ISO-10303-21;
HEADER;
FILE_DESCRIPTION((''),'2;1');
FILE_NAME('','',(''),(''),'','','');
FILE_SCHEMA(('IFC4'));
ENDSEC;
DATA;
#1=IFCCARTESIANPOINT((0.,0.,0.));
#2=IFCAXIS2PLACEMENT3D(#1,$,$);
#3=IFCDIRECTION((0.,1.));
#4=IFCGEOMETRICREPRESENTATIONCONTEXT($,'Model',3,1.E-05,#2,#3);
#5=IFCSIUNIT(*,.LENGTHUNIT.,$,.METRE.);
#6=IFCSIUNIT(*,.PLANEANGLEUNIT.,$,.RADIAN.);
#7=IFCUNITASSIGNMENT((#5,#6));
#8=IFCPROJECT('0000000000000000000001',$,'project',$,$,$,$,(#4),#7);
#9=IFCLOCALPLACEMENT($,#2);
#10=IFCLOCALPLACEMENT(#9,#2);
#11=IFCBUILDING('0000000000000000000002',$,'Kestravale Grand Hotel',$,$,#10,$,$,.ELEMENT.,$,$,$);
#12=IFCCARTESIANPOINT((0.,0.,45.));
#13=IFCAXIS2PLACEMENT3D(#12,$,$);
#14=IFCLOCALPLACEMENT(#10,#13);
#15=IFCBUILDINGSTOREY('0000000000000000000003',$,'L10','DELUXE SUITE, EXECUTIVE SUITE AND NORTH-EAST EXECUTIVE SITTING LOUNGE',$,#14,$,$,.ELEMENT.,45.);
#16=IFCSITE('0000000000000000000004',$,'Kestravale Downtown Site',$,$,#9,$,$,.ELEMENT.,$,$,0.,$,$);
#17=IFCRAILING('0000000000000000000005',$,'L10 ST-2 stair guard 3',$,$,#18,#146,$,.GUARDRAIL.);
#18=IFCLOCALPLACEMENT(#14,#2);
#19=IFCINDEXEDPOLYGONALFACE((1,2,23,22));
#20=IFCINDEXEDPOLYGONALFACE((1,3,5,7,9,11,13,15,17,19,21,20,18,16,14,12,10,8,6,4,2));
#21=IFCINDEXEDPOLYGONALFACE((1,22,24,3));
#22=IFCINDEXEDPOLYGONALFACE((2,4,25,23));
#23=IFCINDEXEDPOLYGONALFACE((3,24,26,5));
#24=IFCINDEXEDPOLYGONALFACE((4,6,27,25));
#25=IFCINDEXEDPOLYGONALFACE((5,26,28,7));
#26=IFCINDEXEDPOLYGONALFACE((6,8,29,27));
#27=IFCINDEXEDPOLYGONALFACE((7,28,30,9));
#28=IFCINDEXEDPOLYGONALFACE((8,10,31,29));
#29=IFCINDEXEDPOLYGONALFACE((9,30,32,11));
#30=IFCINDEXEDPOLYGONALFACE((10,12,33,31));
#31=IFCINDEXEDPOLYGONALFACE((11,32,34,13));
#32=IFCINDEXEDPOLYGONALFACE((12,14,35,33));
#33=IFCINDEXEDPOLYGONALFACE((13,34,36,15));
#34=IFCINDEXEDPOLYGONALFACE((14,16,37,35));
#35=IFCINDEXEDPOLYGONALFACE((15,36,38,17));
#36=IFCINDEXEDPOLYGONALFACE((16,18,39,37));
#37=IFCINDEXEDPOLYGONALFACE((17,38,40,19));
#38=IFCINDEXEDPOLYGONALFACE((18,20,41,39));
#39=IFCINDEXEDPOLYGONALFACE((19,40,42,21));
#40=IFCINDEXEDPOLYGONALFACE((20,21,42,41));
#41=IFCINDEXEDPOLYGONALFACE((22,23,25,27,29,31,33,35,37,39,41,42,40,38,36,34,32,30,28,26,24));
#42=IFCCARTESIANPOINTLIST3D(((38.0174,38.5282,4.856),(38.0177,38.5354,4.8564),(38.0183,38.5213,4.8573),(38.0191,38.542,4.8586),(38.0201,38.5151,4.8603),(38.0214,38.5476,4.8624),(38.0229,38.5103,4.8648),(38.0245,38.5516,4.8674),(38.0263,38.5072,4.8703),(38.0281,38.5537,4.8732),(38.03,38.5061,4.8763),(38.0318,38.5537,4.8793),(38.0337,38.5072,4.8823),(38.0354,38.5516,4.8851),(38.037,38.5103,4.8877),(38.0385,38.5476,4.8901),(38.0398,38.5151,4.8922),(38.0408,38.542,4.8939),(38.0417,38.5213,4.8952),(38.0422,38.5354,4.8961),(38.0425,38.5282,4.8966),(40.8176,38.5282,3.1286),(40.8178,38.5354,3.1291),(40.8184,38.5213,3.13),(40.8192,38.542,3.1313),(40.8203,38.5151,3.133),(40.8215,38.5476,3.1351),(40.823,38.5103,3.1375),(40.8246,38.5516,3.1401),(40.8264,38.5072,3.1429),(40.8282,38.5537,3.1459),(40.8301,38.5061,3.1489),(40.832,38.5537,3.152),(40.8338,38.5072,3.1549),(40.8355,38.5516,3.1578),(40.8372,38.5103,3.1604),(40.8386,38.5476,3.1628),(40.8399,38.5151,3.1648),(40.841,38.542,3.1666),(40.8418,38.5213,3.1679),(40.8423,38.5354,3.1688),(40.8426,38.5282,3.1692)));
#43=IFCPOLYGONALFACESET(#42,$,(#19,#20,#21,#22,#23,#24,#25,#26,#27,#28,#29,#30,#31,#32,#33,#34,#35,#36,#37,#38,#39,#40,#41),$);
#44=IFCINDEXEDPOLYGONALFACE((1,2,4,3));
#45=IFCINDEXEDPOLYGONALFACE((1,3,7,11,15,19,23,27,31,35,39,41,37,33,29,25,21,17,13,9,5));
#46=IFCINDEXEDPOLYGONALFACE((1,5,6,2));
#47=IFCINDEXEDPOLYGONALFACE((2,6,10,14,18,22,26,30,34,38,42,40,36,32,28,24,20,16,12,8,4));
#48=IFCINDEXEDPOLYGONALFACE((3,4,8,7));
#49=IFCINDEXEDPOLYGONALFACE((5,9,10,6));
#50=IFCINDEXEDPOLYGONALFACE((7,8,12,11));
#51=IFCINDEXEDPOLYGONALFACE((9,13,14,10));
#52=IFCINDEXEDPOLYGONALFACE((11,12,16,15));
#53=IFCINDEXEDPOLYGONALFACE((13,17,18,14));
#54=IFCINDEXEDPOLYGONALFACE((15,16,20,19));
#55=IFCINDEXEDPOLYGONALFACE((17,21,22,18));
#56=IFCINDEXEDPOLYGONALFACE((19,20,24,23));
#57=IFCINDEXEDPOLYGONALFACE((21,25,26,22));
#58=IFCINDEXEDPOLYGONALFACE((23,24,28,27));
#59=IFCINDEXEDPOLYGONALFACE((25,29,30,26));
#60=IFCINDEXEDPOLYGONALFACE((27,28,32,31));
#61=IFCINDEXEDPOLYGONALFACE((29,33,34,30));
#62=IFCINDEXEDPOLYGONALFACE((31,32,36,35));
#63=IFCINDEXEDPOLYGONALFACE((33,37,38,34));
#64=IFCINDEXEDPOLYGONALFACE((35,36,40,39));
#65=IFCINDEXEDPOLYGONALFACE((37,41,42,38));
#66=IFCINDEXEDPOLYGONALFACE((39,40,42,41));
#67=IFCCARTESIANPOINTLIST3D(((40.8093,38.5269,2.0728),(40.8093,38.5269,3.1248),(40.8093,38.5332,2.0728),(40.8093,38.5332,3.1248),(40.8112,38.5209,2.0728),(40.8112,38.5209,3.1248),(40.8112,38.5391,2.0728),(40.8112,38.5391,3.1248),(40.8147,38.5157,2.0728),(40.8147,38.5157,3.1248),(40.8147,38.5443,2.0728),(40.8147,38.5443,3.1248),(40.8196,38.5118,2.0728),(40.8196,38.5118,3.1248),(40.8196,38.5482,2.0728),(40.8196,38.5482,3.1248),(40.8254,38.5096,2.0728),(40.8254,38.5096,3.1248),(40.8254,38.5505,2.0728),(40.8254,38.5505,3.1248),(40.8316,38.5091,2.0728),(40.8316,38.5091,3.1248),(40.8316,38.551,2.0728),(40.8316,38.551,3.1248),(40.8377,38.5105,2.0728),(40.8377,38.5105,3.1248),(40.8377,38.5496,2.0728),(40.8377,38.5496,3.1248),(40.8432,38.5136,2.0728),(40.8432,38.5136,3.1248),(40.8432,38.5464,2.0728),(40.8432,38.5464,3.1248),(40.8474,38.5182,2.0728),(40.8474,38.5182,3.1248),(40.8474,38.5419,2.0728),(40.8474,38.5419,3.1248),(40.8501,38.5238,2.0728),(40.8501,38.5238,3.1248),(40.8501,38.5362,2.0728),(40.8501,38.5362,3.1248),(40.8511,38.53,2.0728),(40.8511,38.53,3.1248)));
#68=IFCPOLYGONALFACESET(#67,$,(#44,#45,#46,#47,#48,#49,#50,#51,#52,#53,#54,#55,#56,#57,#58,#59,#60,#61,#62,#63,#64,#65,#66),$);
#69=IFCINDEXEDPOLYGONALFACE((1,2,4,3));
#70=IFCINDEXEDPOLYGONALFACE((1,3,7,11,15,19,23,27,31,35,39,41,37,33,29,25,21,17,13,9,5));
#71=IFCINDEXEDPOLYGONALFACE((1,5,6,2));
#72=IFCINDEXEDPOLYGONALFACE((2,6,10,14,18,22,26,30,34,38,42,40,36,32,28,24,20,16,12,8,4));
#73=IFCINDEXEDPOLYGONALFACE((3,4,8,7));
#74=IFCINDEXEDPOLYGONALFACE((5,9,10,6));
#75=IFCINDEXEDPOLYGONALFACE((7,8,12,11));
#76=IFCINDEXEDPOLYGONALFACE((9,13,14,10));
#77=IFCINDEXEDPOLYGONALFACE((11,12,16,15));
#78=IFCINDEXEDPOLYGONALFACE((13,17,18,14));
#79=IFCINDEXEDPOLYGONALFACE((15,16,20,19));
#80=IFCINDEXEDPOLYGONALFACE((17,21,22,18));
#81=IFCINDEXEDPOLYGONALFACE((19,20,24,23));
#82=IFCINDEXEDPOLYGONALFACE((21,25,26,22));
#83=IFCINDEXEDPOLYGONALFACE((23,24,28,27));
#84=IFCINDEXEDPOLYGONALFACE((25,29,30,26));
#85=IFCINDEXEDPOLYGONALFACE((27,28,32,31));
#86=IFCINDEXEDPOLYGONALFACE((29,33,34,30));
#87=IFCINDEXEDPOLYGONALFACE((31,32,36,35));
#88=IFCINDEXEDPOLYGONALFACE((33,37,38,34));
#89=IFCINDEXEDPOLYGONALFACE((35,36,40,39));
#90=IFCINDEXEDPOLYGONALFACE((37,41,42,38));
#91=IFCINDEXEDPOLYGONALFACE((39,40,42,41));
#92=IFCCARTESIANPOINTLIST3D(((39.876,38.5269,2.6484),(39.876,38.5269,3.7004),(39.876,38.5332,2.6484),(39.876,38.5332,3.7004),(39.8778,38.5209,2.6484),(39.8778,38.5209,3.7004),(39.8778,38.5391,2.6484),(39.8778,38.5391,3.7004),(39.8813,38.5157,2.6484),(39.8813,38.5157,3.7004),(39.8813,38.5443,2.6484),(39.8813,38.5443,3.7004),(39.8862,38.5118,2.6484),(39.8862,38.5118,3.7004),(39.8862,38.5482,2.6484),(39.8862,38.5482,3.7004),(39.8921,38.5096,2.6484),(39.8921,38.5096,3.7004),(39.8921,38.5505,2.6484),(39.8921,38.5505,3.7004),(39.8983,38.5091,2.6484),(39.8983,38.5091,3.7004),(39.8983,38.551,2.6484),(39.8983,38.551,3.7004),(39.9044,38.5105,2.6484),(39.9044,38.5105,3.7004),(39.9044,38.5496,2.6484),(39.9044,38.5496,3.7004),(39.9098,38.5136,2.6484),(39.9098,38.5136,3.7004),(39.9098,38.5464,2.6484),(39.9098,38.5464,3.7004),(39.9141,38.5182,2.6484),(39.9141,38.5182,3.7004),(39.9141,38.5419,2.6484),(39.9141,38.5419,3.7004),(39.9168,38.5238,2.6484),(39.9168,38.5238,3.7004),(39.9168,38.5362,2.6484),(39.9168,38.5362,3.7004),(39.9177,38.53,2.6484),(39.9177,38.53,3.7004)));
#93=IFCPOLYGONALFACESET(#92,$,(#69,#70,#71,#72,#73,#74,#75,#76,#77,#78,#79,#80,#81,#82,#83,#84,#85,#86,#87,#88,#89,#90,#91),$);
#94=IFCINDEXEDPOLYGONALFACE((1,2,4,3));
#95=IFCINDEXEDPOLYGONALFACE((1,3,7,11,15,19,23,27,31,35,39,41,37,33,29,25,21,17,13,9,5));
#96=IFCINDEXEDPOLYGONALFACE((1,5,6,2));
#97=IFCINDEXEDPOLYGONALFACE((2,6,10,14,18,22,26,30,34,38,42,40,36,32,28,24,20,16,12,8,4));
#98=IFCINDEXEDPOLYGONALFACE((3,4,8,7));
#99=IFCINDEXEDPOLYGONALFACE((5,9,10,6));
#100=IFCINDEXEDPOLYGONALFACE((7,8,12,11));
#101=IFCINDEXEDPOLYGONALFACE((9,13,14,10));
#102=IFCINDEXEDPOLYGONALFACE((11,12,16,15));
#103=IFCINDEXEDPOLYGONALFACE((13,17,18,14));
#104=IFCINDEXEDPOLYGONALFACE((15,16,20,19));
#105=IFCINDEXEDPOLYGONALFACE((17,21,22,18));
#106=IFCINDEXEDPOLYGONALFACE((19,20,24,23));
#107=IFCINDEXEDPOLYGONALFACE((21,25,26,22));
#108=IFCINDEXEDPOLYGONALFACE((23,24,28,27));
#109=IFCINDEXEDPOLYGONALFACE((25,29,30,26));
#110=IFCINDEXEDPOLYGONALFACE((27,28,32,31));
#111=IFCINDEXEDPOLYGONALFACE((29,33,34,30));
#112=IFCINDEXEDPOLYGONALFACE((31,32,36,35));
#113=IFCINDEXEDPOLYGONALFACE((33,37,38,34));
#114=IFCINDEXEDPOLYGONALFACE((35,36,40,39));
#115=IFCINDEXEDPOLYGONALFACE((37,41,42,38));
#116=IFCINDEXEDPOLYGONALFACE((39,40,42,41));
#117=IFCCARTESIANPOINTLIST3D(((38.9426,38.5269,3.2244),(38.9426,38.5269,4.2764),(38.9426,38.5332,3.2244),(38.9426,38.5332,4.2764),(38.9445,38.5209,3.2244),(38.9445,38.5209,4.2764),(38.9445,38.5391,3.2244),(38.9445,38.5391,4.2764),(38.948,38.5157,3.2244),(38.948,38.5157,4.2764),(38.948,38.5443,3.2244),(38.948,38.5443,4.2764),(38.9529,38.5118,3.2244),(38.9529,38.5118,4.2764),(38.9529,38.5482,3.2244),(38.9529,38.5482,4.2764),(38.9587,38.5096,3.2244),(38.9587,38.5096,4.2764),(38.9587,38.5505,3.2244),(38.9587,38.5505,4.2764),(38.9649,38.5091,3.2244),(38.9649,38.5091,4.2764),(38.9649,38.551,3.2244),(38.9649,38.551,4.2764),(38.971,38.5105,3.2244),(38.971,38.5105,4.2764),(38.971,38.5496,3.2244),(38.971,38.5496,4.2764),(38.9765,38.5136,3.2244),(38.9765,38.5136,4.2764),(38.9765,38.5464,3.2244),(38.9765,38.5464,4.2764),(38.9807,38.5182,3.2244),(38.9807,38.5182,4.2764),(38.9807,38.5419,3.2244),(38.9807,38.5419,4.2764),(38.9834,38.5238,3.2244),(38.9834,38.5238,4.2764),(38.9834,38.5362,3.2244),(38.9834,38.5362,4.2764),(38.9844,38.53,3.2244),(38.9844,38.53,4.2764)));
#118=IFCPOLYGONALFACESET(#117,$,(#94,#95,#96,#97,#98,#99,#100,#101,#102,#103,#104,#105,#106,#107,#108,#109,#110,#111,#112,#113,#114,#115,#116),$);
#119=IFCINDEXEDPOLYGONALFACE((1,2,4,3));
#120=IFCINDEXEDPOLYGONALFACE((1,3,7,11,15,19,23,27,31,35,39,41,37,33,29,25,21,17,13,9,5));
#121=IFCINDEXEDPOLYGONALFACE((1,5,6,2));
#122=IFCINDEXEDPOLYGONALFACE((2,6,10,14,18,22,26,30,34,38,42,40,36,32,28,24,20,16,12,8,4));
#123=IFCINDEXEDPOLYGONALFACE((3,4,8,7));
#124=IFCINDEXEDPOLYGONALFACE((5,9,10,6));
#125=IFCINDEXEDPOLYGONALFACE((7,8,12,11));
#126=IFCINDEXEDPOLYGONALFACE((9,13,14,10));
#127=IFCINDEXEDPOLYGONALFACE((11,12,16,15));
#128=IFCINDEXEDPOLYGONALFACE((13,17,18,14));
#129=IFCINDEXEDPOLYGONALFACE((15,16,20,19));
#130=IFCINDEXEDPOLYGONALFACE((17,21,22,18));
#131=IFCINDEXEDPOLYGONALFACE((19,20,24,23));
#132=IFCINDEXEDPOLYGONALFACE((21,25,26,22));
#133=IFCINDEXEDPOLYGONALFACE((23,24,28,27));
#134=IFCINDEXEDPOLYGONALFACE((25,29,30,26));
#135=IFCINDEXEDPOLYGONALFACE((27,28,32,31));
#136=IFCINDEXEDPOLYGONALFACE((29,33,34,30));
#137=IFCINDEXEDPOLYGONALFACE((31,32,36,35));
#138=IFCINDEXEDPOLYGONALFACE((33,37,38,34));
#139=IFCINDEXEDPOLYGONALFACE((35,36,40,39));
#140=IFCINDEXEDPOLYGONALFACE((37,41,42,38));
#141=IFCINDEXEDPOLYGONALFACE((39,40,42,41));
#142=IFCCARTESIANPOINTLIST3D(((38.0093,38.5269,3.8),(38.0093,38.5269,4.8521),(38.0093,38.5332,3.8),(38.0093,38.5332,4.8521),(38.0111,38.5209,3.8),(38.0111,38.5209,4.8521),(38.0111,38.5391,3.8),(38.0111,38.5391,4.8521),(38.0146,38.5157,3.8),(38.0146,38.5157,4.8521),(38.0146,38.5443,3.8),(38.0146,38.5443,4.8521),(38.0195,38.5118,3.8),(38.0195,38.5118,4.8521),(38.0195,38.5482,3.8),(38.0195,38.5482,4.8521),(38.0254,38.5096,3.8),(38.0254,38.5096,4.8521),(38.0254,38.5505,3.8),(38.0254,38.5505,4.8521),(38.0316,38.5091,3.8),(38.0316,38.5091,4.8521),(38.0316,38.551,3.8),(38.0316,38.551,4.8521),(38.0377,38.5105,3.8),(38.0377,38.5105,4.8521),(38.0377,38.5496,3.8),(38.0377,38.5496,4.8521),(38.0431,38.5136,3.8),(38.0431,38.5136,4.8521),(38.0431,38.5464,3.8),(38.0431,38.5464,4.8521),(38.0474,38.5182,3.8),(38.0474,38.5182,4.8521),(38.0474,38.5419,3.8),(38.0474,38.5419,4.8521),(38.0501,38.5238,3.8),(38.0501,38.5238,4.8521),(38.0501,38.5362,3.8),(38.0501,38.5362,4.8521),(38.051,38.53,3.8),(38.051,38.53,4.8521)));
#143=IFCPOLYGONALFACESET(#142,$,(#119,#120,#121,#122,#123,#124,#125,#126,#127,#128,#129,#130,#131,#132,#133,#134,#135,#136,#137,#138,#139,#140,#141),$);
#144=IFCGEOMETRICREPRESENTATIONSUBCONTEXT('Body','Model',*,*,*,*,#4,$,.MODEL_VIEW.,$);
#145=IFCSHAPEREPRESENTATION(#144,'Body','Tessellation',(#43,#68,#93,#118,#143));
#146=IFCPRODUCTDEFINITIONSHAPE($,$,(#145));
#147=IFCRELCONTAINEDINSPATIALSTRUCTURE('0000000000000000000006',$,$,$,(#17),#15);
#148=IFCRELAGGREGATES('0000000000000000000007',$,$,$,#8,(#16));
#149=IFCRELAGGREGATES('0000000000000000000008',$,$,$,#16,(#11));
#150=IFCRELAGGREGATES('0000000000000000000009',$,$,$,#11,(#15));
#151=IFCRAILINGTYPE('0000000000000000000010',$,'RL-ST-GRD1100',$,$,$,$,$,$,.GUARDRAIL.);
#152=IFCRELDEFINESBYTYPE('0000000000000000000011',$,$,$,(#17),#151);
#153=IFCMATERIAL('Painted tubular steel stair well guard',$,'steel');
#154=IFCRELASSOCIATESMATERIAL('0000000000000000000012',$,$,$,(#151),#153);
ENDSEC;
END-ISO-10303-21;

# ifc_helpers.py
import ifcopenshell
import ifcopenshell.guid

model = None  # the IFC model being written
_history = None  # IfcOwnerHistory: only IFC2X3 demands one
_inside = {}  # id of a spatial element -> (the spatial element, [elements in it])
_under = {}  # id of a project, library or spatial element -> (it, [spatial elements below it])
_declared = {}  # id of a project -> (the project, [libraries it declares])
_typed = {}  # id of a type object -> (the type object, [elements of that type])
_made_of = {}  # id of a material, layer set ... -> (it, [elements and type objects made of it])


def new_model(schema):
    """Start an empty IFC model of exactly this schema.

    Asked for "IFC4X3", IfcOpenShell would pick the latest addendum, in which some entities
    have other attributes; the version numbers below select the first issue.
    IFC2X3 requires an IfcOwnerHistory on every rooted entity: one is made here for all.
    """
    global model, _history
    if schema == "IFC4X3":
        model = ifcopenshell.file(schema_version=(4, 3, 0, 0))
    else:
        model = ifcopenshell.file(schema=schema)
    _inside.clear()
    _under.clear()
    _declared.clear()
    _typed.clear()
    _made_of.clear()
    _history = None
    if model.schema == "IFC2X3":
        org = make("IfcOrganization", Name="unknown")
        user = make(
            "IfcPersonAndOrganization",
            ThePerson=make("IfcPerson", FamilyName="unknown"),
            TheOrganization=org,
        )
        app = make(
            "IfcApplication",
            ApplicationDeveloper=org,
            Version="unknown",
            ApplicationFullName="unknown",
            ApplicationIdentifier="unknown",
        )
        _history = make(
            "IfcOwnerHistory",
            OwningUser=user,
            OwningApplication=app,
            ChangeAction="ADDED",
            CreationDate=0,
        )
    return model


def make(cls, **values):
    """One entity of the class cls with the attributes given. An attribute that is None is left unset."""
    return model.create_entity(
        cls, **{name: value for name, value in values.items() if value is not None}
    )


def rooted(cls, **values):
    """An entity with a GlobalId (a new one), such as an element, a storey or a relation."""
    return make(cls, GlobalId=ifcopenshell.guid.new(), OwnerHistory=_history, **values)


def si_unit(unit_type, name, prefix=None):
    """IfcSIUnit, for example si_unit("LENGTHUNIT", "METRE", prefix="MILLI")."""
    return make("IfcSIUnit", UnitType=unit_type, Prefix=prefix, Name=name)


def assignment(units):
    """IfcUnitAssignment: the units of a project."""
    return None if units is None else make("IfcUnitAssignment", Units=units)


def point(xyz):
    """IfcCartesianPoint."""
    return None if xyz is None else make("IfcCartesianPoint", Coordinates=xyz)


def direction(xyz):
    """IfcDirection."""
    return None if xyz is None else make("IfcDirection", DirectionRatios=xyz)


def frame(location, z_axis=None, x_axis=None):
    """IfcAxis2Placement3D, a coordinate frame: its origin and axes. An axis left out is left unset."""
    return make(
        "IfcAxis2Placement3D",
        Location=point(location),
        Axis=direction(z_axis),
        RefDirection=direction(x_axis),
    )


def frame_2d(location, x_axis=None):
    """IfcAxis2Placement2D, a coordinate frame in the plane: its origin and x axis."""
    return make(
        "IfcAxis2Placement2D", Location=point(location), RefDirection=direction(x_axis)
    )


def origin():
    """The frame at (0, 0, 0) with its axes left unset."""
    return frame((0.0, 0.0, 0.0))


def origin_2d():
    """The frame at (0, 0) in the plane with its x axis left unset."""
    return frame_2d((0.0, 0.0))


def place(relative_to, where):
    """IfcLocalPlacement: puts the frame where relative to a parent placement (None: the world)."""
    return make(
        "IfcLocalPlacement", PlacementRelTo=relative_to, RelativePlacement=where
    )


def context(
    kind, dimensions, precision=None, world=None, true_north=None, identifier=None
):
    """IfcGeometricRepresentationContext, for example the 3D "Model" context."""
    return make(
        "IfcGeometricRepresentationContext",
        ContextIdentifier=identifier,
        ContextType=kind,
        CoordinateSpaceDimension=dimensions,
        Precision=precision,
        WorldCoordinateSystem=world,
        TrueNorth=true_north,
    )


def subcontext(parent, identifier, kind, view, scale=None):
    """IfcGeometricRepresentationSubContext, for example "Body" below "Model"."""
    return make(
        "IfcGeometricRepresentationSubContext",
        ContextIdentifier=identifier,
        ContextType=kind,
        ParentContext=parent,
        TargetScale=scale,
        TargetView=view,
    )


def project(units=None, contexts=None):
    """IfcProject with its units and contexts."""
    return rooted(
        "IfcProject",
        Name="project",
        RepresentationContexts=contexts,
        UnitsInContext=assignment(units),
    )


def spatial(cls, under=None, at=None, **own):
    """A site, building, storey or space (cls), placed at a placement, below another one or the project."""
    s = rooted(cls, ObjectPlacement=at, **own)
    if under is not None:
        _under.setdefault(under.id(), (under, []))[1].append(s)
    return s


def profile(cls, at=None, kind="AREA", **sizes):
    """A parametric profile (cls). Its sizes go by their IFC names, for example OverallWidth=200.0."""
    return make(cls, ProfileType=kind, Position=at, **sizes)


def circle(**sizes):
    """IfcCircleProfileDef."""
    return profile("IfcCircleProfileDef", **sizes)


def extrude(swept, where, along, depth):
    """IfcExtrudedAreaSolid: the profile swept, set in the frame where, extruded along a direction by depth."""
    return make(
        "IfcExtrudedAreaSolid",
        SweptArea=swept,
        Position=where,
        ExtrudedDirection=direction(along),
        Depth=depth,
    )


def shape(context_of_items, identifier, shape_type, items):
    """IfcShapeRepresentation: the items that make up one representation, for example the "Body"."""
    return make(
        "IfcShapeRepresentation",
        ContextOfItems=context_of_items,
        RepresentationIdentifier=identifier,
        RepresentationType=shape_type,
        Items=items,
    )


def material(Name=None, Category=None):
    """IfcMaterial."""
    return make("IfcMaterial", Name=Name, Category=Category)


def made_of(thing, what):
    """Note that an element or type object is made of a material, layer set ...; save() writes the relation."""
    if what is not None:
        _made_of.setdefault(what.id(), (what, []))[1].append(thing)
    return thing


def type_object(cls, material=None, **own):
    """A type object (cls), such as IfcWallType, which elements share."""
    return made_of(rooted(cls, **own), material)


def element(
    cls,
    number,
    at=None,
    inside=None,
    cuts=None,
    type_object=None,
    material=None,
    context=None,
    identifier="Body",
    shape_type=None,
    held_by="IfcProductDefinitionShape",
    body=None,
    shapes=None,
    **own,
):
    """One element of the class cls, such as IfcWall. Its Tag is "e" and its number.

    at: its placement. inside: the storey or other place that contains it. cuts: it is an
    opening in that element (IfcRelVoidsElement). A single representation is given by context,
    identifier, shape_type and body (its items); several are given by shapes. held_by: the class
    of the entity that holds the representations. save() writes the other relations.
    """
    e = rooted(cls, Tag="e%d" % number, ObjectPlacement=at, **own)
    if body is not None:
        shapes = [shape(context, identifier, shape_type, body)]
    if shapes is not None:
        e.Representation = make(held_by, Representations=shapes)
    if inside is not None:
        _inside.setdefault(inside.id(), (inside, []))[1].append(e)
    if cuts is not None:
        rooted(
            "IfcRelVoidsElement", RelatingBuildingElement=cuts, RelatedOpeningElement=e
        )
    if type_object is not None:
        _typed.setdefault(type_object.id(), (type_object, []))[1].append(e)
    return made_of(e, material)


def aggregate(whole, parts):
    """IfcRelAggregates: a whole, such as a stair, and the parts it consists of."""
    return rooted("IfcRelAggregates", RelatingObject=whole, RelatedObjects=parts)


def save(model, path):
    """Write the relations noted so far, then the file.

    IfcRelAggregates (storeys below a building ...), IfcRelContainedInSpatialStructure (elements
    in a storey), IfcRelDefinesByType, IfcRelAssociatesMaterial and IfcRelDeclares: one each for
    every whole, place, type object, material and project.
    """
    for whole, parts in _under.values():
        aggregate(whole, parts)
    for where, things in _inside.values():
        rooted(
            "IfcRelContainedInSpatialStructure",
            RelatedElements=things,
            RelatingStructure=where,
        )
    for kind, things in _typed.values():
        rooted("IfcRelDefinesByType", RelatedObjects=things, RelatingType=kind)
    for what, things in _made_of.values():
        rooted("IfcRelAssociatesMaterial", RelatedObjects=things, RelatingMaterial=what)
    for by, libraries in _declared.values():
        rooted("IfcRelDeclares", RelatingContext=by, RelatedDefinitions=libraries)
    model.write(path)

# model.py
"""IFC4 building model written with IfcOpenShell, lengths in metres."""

from ifc_helpers import new_model, si_unit, direction, frame, origin, origin_2d, place, context, subcontext, project, spatial, circle, extrude, material, type_object, element, save


model = new_model("IFC4")

# Units and contexts
model_context = context("Model", 3, precision=1e-05, world=origin(), true_north=direction((0.0, 1.0)))
body_context = subcontext(model_context, "Body", "Model", "MODEL_VIEW")
ifc_project = project(units=[si_unit("LENGTHUNIT", "METRE"), si_unit("PLANEANGLEUNIT", "RADIAN")], contexts=[model_context])

# Site, building, storey
site_placement = place(None, origin())
site = spatial("IfcSite", under=ifc_project, at=site_placement, Name="Kestravale Downtown Site", CompositionType="ELEMENT", RefElevation=0.0)
building_placement = place(site_placement, origin())
building = spatial("IfcBuilding", under=site, at=building_placement, Name="Kestravale Grand Hotel", CompositionType="ELEMENT")
storey_placement = place(building_placement, frame((0.0, 0.0, 45.0)))
storey = spatial("IfcBuildingStorey", under=building, at=storey_placement, Name="L10", Description="DELUXE SUITE, EXECUTIVE SUITE AND NORTH-EAST EXECUTIVE SITTING LOUNGE", CompositionType="ELEMENT", Elevation=45.0)

# Railing
ifc_material_1 = material(Name="Painted tubular steel stair well guard", Category="steel")
railing_type_1 = type_object("IfcRailingType", Name="RL-ST-GRD1100", PredefinedType="GUARDRAIL", material=ifc_material_1)
railing_1_placement = place(storey_placement, frame((40.8301, 38.53, 2.0728)))
element("IfcRailing", 1, at=railing_1_placement, inside=storey, type_object=railing_type_1, Name="L10 ST-2 stair guard 3", PredefinedType="GUARDRAIL", context=body_context, shape_type="SweptSolid", body=[
    extrude(circle(Radius=0.0239, at=origin_2d()), frame((0.0, 0.0, 1.0762), z_axis=(-0.85109, 0.0, 0.52502), x_axis=(0.0, -1.0, 0.0)), (0.0, 0.0, 1.0), 3.29),
    extrude(circle(Radius=0.021, at=origin_2d()), origin(), (0.0, 0.0, 1.0), 1.052),
    extrude(circle(Radius=0.021, at=origin_2d()), frame((-0.9333, 0.0, 0.5757)), (0.0, 0.0, 1.0), 1.052),
    extrude(circle(Radius=0.021, at=origin_2d()), frame((-1.8667, 0.0, 1.1516)), (0.0, 0.0, 1.0), 1.052),
    extrude(circle(Radius=0.021, at=origin_2d()), frame((-2.8, 0.0, 1.7273)), (0.0, 0.0, 1.0), 1.052),
])

save(model, "model.ifc")
